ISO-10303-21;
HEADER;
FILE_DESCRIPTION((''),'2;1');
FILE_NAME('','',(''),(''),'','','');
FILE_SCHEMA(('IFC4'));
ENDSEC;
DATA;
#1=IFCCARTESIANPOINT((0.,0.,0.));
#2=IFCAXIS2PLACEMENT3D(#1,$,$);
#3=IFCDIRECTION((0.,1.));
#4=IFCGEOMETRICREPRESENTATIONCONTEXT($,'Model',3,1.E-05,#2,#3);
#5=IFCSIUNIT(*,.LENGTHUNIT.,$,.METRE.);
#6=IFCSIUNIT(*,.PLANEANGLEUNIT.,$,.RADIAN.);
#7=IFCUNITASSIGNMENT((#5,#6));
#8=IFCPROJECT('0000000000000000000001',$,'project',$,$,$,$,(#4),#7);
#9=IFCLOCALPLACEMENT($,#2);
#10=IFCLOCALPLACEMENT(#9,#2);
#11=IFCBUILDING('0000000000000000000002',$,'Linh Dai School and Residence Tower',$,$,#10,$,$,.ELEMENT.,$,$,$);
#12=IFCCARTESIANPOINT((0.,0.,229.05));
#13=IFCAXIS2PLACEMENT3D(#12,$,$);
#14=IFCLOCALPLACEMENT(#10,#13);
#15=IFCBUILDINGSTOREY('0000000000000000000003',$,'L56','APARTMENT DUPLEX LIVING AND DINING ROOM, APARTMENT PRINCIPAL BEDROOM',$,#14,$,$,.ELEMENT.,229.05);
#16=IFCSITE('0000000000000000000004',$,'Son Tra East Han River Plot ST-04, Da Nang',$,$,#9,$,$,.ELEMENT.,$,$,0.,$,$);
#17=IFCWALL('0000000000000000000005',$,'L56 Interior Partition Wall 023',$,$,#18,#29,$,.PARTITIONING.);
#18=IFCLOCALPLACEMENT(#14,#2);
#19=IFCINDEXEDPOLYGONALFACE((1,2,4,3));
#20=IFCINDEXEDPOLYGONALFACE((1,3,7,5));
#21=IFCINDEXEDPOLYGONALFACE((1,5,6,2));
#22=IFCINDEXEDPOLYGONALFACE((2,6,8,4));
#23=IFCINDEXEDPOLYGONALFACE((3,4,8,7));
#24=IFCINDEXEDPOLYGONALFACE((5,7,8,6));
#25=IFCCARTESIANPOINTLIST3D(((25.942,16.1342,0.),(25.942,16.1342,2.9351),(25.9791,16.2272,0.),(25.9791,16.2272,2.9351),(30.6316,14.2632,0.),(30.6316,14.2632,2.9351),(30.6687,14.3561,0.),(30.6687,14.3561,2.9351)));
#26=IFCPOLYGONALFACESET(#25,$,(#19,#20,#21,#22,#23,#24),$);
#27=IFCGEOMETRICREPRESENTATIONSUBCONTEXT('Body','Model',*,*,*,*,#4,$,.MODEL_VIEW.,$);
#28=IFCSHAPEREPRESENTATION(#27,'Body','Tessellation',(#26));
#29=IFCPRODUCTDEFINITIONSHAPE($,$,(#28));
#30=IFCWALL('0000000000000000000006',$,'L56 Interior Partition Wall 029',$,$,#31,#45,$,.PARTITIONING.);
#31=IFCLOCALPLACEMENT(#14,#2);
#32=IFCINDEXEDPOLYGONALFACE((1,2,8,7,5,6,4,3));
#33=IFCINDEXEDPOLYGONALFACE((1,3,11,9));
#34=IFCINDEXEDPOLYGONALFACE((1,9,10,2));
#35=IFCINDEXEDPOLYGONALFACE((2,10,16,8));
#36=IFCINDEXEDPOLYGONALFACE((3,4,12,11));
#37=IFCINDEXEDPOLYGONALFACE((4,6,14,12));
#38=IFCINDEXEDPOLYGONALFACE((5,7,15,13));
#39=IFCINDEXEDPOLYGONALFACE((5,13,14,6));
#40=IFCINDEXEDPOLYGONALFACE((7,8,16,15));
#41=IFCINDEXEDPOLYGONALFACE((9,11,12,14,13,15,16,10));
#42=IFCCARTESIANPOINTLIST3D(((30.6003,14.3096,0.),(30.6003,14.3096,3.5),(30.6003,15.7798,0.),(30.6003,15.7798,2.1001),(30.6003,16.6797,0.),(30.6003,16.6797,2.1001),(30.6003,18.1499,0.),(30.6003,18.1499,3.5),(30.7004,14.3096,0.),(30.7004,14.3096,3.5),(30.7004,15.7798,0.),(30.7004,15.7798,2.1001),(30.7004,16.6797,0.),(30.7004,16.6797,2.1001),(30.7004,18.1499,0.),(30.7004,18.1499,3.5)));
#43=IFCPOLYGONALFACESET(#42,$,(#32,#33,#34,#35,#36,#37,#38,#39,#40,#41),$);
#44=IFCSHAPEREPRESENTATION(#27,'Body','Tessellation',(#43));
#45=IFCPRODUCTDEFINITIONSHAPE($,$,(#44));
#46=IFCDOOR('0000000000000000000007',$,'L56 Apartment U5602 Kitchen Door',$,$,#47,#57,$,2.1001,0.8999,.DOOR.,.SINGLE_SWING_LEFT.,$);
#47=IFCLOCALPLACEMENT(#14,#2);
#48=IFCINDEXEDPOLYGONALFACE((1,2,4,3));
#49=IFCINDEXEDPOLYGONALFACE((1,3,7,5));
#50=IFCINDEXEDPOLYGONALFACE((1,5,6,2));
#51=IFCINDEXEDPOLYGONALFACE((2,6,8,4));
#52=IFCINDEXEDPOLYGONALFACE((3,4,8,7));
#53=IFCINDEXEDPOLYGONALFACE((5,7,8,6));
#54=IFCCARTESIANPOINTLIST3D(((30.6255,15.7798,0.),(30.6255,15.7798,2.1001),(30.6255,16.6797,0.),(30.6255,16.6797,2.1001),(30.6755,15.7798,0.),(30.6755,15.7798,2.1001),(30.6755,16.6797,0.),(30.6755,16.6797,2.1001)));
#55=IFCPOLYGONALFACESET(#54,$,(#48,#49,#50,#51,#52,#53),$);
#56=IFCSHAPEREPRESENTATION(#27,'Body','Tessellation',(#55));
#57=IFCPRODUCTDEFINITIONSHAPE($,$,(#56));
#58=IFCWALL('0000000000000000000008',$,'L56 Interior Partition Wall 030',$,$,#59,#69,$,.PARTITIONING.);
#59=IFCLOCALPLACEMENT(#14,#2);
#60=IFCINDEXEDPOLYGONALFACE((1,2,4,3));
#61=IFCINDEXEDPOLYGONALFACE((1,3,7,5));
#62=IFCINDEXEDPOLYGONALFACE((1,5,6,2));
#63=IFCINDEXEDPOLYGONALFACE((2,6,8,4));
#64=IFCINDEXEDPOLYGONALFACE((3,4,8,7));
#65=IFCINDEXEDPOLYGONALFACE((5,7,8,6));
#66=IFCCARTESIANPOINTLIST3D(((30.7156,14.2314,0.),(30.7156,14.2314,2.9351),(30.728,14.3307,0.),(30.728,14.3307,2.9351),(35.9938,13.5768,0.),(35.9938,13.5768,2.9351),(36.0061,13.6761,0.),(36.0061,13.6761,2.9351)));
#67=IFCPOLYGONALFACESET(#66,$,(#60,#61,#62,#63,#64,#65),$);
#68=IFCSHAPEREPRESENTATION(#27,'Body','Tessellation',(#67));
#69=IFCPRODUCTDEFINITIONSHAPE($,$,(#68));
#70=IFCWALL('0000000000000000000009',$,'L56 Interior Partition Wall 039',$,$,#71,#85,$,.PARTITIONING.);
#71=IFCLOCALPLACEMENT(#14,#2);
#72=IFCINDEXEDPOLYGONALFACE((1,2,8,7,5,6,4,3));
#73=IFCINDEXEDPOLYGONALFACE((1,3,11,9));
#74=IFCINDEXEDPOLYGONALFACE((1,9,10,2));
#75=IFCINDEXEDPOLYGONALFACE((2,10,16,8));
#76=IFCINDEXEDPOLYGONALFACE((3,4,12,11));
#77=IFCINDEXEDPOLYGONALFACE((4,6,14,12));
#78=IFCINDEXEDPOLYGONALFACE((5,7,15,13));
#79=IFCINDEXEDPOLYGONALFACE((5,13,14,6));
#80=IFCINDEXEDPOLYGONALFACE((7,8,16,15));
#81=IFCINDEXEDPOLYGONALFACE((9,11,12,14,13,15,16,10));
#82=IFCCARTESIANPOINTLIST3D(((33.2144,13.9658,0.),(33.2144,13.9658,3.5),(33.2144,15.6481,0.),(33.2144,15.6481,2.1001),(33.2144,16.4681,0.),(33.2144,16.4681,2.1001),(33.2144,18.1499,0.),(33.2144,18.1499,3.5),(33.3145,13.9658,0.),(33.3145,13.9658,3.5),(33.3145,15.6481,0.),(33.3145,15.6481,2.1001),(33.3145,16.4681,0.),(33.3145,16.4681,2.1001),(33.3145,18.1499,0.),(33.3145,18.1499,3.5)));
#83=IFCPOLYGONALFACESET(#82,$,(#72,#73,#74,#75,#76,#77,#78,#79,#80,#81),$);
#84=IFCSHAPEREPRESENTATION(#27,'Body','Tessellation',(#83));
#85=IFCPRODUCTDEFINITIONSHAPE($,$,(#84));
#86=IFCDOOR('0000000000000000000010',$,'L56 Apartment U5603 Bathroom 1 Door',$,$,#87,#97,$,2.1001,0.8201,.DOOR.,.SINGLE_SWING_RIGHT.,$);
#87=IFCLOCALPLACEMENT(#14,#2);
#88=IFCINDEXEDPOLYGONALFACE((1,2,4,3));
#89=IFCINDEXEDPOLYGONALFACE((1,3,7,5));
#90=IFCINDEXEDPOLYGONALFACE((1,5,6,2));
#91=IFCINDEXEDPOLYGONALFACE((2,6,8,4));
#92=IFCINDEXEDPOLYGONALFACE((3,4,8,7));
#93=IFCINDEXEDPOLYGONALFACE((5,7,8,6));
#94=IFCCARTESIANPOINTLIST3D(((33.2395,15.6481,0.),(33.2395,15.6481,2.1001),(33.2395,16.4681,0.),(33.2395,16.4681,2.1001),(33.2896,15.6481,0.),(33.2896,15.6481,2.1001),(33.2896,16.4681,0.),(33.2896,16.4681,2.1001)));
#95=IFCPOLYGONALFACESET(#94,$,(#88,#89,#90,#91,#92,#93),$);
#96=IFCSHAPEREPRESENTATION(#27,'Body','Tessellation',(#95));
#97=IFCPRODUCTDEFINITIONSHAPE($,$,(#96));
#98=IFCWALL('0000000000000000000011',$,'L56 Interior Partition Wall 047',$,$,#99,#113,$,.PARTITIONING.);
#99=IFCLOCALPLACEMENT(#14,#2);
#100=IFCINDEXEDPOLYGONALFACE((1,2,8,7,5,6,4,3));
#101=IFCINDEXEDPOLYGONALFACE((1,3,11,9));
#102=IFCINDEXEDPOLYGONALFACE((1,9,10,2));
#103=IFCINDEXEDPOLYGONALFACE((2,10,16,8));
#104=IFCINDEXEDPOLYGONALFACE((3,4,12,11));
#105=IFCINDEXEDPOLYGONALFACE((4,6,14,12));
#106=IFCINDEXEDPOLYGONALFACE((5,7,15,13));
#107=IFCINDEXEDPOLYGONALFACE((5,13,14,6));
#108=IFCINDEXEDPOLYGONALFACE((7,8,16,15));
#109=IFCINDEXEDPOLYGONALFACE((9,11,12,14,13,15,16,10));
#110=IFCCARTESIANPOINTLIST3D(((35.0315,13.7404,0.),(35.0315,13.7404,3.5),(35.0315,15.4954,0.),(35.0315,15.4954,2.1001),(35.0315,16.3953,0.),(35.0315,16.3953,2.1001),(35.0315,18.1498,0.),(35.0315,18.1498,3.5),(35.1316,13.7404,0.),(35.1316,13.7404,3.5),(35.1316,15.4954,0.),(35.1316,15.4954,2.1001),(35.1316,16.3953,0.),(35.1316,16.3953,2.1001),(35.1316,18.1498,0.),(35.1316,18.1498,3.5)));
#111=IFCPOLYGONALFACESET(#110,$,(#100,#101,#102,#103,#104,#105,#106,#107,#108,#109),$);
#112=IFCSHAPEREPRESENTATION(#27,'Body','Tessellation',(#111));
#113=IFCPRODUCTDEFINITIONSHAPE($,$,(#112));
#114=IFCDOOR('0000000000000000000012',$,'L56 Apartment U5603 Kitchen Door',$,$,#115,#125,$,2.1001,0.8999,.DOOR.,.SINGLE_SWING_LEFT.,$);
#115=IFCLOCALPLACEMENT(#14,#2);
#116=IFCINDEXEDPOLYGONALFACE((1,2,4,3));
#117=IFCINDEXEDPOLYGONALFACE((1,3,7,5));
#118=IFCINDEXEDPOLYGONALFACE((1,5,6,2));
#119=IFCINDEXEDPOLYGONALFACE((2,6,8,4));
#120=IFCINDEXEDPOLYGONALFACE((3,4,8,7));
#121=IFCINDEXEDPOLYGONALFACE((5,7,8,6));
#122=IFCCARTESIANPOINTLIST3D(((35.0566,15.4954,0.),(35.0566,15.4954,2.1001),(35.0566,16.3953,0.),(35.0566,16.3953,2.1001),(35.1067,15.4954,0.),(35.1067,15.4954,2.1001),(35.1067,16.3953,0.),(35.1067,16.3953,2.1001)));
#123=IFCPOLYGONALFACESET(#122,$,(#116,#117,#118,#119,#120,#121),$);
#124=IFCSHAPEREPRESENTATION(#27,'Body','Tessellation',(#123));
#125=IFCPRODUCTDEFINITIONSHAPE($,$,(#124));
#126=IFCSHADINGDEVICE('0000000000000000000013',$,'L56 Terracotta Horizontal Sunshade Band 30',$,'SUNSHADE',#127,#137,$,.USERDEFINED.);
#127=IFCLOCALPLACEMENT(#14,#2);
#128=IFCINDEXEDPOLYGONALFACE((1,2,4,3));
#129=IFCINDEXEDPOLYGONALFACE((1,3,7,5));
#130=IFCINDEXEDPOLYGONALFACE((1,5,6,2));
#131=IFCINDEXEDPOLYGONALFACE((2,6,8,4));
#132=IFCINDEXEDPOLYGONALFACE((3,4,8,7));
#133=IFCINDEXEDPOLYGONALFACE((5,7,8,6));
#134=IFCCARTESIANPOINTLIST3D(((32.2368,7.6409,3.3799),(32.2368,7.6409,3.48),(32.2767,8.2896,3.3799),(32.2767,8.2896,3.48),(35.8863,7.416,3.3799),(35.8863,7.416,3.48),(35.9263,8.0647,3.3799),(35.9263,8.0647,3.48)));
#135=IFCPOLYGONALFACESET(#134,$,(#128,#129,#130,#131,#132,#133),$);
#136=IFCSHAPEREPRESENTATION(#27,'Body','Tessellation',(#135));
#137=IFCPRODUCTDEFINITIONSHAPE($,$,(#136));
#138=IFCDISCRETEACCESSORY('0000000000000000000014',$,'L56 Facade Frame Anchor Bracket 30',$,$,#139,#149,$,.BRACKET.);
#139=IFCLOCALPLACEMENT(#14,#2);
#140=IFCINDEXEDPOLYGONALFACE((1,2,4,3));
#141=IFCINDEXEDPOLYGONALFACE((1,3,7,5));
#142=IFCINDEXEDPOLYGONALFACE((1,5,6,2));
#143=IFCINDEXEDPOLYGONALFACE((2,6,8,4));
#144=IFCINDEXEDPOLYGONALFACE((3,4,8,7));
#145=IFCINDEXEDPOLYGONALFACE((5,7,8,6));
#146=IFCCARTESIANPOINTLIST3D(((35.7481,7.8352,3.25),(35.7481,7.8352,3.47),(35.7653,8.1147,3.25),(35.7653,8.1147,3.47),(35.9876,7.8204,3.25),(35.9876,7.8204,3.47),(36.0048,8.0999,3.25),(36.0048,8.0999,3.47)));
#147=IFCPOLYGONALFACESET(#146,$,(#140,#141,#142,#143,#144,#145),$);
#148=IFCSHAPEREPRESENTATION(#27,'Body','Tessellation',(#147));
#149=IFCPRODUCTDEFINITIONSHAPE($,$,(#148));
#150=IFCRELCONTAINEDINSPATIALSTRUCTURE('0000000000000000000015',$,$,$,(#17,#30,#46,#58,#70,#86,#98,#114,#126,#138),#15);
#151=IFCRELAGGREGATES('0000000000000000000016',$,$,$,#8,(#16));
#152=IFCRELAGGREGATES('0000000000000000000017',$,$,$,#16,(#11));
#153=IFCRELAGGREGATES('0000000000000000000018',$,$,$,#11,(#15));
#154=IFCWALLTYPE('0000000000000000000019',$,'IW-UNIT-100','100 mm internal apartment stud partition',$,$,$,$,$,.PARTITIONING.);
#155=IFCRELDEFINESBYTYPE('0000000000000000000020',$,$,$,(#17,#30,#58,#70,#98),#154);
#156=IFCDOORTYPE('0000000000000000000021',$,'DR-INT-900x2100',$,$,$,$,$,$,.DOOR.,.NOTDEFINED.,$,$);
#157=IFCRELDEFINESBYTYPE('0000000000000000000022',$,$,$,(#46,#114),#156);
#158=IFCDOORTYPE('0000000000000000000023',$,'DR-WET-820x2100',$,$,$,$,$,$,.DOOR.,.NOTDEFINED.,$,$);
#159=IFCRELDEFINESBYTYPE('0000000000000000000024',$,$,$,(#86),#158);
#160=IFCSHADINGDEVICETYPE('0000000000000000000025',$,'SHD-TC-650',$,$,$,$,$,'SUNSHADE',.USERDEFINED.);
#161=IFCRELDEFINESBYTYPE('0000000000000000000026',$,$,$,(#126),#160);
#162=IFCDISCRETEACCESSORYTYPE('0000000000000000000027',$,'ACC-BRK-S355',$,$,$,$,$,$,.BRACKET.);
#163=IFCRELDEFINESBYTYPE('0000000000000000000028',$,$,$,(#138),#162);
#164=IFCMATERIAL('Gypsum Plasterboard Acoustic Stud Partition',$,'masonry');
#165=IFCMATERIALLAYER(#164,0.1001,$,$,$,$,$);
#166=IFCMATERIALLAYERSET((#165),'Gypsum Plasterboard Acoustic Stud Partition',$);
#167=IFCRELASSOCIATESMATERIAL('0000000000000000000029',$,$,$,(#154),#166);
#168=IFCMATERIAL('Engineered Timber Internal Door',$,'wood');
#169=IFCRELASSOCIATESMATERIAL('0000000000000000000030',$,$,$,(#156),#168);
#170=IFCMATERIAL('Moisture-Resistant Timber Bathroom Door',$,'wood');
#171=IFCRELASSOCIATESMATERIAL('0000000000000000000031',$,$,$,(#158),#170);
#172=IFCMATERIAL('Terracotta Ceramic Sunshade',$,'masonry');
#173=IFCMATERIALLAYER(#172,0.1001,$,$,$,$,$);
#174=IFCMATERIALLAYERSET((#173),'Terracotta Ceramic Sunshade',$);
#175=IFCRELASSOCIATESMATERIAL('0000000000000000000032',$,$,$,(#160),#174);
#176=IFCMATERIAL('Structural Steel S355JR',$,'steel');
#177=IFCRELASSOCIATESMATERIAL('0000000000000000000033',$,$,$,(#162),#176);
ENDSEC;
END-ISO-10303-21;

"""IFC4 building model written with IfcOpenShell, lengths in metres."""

from ifc_helpers import new_model, si_unit, direction, frame, frame_2d, origin, origin_2d, place, context, subcontext, project, spatial, rectangle, extrude, source, transform, mapped, material, layer, layer_set, type_object, element, fill, save


model = new_model("IFC4")

# Units and contexts
model_context = context("Model", 3, precision=1e-05, world=origin(), true_north=direction((0.0, 1.0)))
body_context = subcontext(model_context, "Body", "Model", "MODEL_VIEW")
ifc_project = project(units=[si_unit("LENGTHUNIT", "METRE"), si_unit("PLANEANGLEUNIT", "RADIAN")], contexts=[model_context])

# Site, building, storey
site_placement = place(None, origin())
site = spatial("IfcSite", under=ifc_project, at=site_placement, Name="Son Tra East Han River Plot ST-04, Da Nang", CompositionType="ELEMENT", RefElevation=0.0)
building_placement = place(site_placement, origin())
building = spatial("IfcBuilding", under=site, at=building_placement, Name="Linh Dai School and Residence Tower", CompositionType="ELEMENT")
storey_placement = place(building_placement, frame((0.0, 0.0, 229.05)))
storey = spatial("IfcBuildingStorey", under=building, at=storey_placement, Name="L56", Description="APARTMENT DUPLEX LIVING AND DINING ROOM, APARTMENT PRINCIPAL BEDROOM", CompositionType="ELEMENT", Elevation=229.05)

# Shared definitions
ifc_material_1 = material(Name="Structural Steel S355JR", Category="steel")

# Wall
ifc_material_2 = material(Name="Gypsum Plasterboard Acoustic Stud Partition", Category="masonry")
ifc_layer_1 = layer(ifc_material_2, 0.1001)
ifc_layer_set_1 = layer_set([ifc_layer_1], Name="Gypsum Plasterboard Acoustic Stud Partition")
wall_type_1 = type_object("IfcWallType", Name="IW-UNIT-100", Description="100 mm internal apartment stud partition", PredefinedType="PARTITIONING", material=ifc_layer_set_1)
wall_1_placement = place(storey_placement, frame((25.9607, 16.1807, 0.0), z_axis=(0.0, 0.0, 1.0), x_axis=(0.928803, -0.370574, 0.0)))
element("IfcWall", 1, at=wall_1_placement, inside=storey, type_object=wall_type_1, Name="L56 Interior Partition Wall 023", PredefinedType="PARTITIONING", context=body_context, shape_type="SweptSolid", body=[
    extrude(rectangle(XDim=5.0491, YDim=0.1001, at=frame_2d((2.5244, 0.0))), origin(), (0.0, 0.0, 1.0), 2.9351),
])

# Wall, opening, door
wall_2_placement = place(storey_placement, frame((30.6504, 14.3096, 0.0), z_axis=(0.0, 0.0, 1.0), x_axis=(0.0, 1.0, 0.0)))
wall_2 = element("IfcWall", 2, at=wall_2_placement, inside=storey, type_object=wall_type_1, Name="L56 Interior Partition Wall 029", PredefinedType="PARTITIONING", context=body_context, shape_type="SweptSolid", body=[
    extrude(rectangle(XDim=3.8403, YDim=0.1001, at=frame_2d((1.9202, 0.0))), origin(), (0.0, 0.0, 1.0), 3.5),
])
opening_1_placement = place(wall_2_placement, frame((1.4702, 0.0, 0.0)))
opening_1 = element("IfcOpeningElement", 3, at=opening_1_placement, cuts=wall_2, PredefinedType="OPENING", context=body_context, shape_type="SweptSolid", body=[
    extrude(rectangle(XDim=0.8999, YDim=2.1001, at=origin_2d()), frame((0.45, 0.0601, 1.05), z_axis=(0.0, -1.0, 0.0), x_axis=(1.0, 0.0, 0.0)), (0.0, 0.0, 1.0), 0.1201),
])
ifc_material_3 = material(Name="Engineered Timber Internal Door", Category="wood")
door_type_1 = type_object("IfcDoorType", Name="DR-INT-900x2100", OperationType="NOTDEFINED", PredefinedType="DOOR", material=ifc_material_3)
shared_shape_1 = source(origin(), body_context, "Body", "SweptSolid", [
    extrude(rectangle(XDim=0.8999, YDim=2.1001, at=origin_2d()), frame((0.45, 0.0249, 1.05), z_axis=(0.0, -1.0, 0.0), x_axis=(1.0, 0.0, 0.0)), (0.0, 0.0, 1.0), 0.05),
])
door_1_placement = place(opening_1_placement, origin())
door_1 = element("IfcDoor", 4, at=door_1_placement, inside=storey, type_object=door_type_1, Name="L56 Apartment U5602 Kitchen Door", OperationType="SINGLE_SWING_LEFT", OverallHeight=2.1001, OverallWidth=0.8999, PredefinedType="DOOR", context=body_context, shape_type="MappedRepresentation", body=[
    mapped(shared_shape_1, transform((0.0, 0.0, 0.0), x_axis=(1.0, 0.0, 0.0), y_axis=(0.0, 1.0, 0.0), z_axis=(0.0, 0.0, 1.0), scale=1.0)),
])
fill(opening_1, door_1)

# Wall
wall_3_placement = place(storey_placement, frame((30.7219, 14.281, 0.0), z_axis=(0.0, 0.0, 1.0), x_axis=(0.992398, -0.123069, 0.0)))
element("IfcWall", 5, at=wall_3_placement, inside=storey, type_object=wall_type_1, Name="L56 Interior Partition Wall 030", PredefinedType="PARTITIONING", context=body_context, shape_type="SweptSolid", body=[
    extrude(rectangle(XDim=5.3186, YDim=0.1001, at=frame_2d((2.6592, 0.0))), origin(), (0.0, 0.0, 1.0), 2.9351),
])

# Walls, openings, doors
wall_4_placement = place(storey_placement, frame((33.2644, 13.9658, 0.0), z_axis=(0.0, 0.0, 1.0), x_axis=(0.0, 1.0, 0.0)))
wall_4 = element("IfcWall", 6, at=wall_4_placement, inside=storey, type_object=wall_type_1, Name="L56 Interior Partition Wall 039", PredefinedType="PARTITIONING", context=body_context, shape_type="SweptSolid", body=[
    extrude(rectangle(XDim=4.1841, YDim=0.1001, at=frame_2d((2.092, 0.0))), origin(), (0.0, 0.0, 1.0), 3.5),
])
opening_2_placement = place(wall_4_placement, frame((1.6821, 0.0, 0.0)))
opening_2 = element("IfcOpeningElement", 7, at=opening_2_placement, cuts=wall_4, PredefinedType="OPENING", context=body_context, shape_type="SweptSolid", body=[
    extrude(rectangle(XDim=0.8201, YDim=2.1001, at=origin_2d()), frame((0.4102, 0.0601, 1.05), z_axis=(0.0, -1.0, 0.0), x_axis=(1.0, 0.0, 0.0)), (0.0, 0.0, 1.0), 0.1201),
])
ifc_material_4 = material(Name="Moisture-Resistant Timber Bathroom Door", Category="wood")
door_type_2 = type_object("IfcDoorType", Name="DR-WET-820x2100", OperationType="NOTDEFINED", PredefinedType="DOOR", material=ifc_material_4)
shared_shape_2 = source(origin(), body_context, "Body", "SweptSolid", [
    extrude(rectangle(XDim=0.8201, YDim=2.1001, at=origin_2d()), frame((0.4102, 0.0249, 1.05), z_axis=(0.0, -1.0, 0.0), x_axis=(1.0, 0.0, 0.0)), (0.0, 0.0, 1.0), 0.05),
])
door_2_placement = place(opening_2_placement, origin())
door_2 = element("IfcDoor", 8, at=door_2_placement, inside=storey, type_object=door_type_2, Name="L56 Apartment U5603 Bathroom 1 Door", OperationType="SINGLE_SWING_RIGHT", OverallHeight=2.1001, OverallWidth=0.8201, PredefinedType="DOOR", context=body_context, shape_type="MappedRepresentation", body=[
    mapped(shared_shape_2, transform((0.0, 0.0, 0.0), x_axis=(1.0, 0.0, 0.0), y_axis=(0.0, 1.0, 0.0), z_axis=(0.0, 0.0, 1.0), scale=1.0)),
])
fill(opening_2, door_2)
wall_5_placement = place(storey_placement, frame((35.0815, 13.7405, 0.0), z_axis=(0.0, 0.0, 1.0), x_axis=(0.0, 1.0, 0.0)))
wall_5 = element("IfcWall", 9, at=wall_5_placement, inside=storey, type_object=wall_type_1, Name="L56 Interior Partition Wall 047", PredefinedType="PARTITIONING", context=body_context, shape_type="SweptSolid", body=[
    extrude(rectangle(XDim=4.4094, YDim=0.1001, at=frame_2d((2.2046, 0.0))), origin(), (0.0, 0.0, 1.0), 3.5),
])
opening_3_placement = place(wall_5_placement, frame((1.7549, 0.0, 0.0)))
opening_3 = element("IfcOpeningElement", 10, at=opening_3_placement, cuts=wall_5, PredefinedType="OPENING", context=body_context, shape_type="SweptSolid", body=[
    extrude(rectangle(XDim=0.8999, YDim=2.1001, at=origin_2d()), frame((0.45, 0.0601, 1.05), z_axis=(0.0, -1.0, 0.0), x_axis=(1.0, 0.0, 0.0)), (0.0, 0.0, 1.0), 0.1201),
])
door_3_placement = place(opening_3_placement, origin())
door_3 = element("IfcDoor", 11, at=door_3_placement, inside=storey, type_object=door_type_1, Name="L56 Apartment U5603 Kitchen Door", OperationType="SINGLE_SWING_LEFT", OverallHeight=2.1001, OverallWidth=0.8999, PredefinedType="DOOR", context=body_context, shape_type="MappedRepresentation", body=[
    mapped(shared_shape_1, transform((0.0, 0.0, 0.0), x_axis=(1.0, 0.0, 0.0), y_axis=(0.0, 1.0, 0.0), z_axis=(0.0, 0.0, 1.0), scale=1.0)),
])
fill(opening_3, door_3)

# Shading device
ifc_material_5 = material(Name="Terracotta Ceramic Sunshade", Category="masonry")
ifc_layer_2 = layer(ifc_material_5, 0.1001)
ifc_layer_set_2 = layer_set([ifc_layer_2], Name="Terracotta Ceramic Sunshade")
shading_device_type = type_object("IfcShadingDeviceType", Name="SHD-TC-650", ElementType="SUNSHADE", PredefinedType="USERDEFINED", material=ifc_layer_set_2)
shared_shape_3 = source(origin(), body_context, "Body", "SweptSolid", [
    extrude(rectangle(XDim=3.6565, YDim=0.6499, at=origin_2d()), origin(), (0.0, 0.0, 1.0), 0.1001),
])
shading_device_placement = place(storey_placement, frame((34.0815, 7.8528, 3.3799), z_axis=(0.0, 0.0, 1.0), x_axis=(-0.998107, 0.061504, 0.0)))
element("IfcShadingDevice", 12, at=shading_device_placement, inside=storey, type_object=shading_device_type, Name="L56 Terracotta Horizontal Sunshade Band 30", ObjectType="SUNSHADE", PredefinedType="USERDEFINED", context=body_context, shape_type="MappedRepresentation", body=[
    mapped(shared_shape_3, transform((0.0, 0.0, 0.0), x_axis=(1.0, 0.0, 0.0), y_axis=(0.0, 1.0, 0.0), z_axis=(0.0, 0.0, 1.0), scale=1.0)),
])

# Discrete accessory
discrete_accessory_type = type_object("IfcDiscreteAccessoryType", Name="ACC-BRK-S355", PredefinedType="BRACKET", material=ifc_material_1)
shared_shape_4 = source(origin(), body_context, "Body", "SweptSolid", [
    extrude(rectangle(XDim=0.28, YDim=0.24, at=origin_2d()), origin(), (0.0, 0.0, 1.0), 0.22),
])
discrete_accessory_placement = place(storey_placement, frame((35.8765, 7.9675, 3.25), z_axis=(0.0, 0.0, 1.0), x_axis=(-0.061504, -0.998107, 0.0)))
element("IfcDiscreteAccessory", 13, at=discrete_accessory_placement, inside=storey, type_object=discrete_accessory_type, Name="L56 Facade Frame Anchor Bracket 30", PredefinedType="BRACKET", context=body_context, shape_type="MappedRepresentation", body=[
    mapped(shared_shape_4, transform((0.0, 0.0, 0.0), x_axis=(1.0, 0.0, 0.0), y_axis=(0.0, 1.0, 0.0), z_axis=(0.0, 0.0, 1.0), scale=1.0)),
])

save(model, "model.ifc")
